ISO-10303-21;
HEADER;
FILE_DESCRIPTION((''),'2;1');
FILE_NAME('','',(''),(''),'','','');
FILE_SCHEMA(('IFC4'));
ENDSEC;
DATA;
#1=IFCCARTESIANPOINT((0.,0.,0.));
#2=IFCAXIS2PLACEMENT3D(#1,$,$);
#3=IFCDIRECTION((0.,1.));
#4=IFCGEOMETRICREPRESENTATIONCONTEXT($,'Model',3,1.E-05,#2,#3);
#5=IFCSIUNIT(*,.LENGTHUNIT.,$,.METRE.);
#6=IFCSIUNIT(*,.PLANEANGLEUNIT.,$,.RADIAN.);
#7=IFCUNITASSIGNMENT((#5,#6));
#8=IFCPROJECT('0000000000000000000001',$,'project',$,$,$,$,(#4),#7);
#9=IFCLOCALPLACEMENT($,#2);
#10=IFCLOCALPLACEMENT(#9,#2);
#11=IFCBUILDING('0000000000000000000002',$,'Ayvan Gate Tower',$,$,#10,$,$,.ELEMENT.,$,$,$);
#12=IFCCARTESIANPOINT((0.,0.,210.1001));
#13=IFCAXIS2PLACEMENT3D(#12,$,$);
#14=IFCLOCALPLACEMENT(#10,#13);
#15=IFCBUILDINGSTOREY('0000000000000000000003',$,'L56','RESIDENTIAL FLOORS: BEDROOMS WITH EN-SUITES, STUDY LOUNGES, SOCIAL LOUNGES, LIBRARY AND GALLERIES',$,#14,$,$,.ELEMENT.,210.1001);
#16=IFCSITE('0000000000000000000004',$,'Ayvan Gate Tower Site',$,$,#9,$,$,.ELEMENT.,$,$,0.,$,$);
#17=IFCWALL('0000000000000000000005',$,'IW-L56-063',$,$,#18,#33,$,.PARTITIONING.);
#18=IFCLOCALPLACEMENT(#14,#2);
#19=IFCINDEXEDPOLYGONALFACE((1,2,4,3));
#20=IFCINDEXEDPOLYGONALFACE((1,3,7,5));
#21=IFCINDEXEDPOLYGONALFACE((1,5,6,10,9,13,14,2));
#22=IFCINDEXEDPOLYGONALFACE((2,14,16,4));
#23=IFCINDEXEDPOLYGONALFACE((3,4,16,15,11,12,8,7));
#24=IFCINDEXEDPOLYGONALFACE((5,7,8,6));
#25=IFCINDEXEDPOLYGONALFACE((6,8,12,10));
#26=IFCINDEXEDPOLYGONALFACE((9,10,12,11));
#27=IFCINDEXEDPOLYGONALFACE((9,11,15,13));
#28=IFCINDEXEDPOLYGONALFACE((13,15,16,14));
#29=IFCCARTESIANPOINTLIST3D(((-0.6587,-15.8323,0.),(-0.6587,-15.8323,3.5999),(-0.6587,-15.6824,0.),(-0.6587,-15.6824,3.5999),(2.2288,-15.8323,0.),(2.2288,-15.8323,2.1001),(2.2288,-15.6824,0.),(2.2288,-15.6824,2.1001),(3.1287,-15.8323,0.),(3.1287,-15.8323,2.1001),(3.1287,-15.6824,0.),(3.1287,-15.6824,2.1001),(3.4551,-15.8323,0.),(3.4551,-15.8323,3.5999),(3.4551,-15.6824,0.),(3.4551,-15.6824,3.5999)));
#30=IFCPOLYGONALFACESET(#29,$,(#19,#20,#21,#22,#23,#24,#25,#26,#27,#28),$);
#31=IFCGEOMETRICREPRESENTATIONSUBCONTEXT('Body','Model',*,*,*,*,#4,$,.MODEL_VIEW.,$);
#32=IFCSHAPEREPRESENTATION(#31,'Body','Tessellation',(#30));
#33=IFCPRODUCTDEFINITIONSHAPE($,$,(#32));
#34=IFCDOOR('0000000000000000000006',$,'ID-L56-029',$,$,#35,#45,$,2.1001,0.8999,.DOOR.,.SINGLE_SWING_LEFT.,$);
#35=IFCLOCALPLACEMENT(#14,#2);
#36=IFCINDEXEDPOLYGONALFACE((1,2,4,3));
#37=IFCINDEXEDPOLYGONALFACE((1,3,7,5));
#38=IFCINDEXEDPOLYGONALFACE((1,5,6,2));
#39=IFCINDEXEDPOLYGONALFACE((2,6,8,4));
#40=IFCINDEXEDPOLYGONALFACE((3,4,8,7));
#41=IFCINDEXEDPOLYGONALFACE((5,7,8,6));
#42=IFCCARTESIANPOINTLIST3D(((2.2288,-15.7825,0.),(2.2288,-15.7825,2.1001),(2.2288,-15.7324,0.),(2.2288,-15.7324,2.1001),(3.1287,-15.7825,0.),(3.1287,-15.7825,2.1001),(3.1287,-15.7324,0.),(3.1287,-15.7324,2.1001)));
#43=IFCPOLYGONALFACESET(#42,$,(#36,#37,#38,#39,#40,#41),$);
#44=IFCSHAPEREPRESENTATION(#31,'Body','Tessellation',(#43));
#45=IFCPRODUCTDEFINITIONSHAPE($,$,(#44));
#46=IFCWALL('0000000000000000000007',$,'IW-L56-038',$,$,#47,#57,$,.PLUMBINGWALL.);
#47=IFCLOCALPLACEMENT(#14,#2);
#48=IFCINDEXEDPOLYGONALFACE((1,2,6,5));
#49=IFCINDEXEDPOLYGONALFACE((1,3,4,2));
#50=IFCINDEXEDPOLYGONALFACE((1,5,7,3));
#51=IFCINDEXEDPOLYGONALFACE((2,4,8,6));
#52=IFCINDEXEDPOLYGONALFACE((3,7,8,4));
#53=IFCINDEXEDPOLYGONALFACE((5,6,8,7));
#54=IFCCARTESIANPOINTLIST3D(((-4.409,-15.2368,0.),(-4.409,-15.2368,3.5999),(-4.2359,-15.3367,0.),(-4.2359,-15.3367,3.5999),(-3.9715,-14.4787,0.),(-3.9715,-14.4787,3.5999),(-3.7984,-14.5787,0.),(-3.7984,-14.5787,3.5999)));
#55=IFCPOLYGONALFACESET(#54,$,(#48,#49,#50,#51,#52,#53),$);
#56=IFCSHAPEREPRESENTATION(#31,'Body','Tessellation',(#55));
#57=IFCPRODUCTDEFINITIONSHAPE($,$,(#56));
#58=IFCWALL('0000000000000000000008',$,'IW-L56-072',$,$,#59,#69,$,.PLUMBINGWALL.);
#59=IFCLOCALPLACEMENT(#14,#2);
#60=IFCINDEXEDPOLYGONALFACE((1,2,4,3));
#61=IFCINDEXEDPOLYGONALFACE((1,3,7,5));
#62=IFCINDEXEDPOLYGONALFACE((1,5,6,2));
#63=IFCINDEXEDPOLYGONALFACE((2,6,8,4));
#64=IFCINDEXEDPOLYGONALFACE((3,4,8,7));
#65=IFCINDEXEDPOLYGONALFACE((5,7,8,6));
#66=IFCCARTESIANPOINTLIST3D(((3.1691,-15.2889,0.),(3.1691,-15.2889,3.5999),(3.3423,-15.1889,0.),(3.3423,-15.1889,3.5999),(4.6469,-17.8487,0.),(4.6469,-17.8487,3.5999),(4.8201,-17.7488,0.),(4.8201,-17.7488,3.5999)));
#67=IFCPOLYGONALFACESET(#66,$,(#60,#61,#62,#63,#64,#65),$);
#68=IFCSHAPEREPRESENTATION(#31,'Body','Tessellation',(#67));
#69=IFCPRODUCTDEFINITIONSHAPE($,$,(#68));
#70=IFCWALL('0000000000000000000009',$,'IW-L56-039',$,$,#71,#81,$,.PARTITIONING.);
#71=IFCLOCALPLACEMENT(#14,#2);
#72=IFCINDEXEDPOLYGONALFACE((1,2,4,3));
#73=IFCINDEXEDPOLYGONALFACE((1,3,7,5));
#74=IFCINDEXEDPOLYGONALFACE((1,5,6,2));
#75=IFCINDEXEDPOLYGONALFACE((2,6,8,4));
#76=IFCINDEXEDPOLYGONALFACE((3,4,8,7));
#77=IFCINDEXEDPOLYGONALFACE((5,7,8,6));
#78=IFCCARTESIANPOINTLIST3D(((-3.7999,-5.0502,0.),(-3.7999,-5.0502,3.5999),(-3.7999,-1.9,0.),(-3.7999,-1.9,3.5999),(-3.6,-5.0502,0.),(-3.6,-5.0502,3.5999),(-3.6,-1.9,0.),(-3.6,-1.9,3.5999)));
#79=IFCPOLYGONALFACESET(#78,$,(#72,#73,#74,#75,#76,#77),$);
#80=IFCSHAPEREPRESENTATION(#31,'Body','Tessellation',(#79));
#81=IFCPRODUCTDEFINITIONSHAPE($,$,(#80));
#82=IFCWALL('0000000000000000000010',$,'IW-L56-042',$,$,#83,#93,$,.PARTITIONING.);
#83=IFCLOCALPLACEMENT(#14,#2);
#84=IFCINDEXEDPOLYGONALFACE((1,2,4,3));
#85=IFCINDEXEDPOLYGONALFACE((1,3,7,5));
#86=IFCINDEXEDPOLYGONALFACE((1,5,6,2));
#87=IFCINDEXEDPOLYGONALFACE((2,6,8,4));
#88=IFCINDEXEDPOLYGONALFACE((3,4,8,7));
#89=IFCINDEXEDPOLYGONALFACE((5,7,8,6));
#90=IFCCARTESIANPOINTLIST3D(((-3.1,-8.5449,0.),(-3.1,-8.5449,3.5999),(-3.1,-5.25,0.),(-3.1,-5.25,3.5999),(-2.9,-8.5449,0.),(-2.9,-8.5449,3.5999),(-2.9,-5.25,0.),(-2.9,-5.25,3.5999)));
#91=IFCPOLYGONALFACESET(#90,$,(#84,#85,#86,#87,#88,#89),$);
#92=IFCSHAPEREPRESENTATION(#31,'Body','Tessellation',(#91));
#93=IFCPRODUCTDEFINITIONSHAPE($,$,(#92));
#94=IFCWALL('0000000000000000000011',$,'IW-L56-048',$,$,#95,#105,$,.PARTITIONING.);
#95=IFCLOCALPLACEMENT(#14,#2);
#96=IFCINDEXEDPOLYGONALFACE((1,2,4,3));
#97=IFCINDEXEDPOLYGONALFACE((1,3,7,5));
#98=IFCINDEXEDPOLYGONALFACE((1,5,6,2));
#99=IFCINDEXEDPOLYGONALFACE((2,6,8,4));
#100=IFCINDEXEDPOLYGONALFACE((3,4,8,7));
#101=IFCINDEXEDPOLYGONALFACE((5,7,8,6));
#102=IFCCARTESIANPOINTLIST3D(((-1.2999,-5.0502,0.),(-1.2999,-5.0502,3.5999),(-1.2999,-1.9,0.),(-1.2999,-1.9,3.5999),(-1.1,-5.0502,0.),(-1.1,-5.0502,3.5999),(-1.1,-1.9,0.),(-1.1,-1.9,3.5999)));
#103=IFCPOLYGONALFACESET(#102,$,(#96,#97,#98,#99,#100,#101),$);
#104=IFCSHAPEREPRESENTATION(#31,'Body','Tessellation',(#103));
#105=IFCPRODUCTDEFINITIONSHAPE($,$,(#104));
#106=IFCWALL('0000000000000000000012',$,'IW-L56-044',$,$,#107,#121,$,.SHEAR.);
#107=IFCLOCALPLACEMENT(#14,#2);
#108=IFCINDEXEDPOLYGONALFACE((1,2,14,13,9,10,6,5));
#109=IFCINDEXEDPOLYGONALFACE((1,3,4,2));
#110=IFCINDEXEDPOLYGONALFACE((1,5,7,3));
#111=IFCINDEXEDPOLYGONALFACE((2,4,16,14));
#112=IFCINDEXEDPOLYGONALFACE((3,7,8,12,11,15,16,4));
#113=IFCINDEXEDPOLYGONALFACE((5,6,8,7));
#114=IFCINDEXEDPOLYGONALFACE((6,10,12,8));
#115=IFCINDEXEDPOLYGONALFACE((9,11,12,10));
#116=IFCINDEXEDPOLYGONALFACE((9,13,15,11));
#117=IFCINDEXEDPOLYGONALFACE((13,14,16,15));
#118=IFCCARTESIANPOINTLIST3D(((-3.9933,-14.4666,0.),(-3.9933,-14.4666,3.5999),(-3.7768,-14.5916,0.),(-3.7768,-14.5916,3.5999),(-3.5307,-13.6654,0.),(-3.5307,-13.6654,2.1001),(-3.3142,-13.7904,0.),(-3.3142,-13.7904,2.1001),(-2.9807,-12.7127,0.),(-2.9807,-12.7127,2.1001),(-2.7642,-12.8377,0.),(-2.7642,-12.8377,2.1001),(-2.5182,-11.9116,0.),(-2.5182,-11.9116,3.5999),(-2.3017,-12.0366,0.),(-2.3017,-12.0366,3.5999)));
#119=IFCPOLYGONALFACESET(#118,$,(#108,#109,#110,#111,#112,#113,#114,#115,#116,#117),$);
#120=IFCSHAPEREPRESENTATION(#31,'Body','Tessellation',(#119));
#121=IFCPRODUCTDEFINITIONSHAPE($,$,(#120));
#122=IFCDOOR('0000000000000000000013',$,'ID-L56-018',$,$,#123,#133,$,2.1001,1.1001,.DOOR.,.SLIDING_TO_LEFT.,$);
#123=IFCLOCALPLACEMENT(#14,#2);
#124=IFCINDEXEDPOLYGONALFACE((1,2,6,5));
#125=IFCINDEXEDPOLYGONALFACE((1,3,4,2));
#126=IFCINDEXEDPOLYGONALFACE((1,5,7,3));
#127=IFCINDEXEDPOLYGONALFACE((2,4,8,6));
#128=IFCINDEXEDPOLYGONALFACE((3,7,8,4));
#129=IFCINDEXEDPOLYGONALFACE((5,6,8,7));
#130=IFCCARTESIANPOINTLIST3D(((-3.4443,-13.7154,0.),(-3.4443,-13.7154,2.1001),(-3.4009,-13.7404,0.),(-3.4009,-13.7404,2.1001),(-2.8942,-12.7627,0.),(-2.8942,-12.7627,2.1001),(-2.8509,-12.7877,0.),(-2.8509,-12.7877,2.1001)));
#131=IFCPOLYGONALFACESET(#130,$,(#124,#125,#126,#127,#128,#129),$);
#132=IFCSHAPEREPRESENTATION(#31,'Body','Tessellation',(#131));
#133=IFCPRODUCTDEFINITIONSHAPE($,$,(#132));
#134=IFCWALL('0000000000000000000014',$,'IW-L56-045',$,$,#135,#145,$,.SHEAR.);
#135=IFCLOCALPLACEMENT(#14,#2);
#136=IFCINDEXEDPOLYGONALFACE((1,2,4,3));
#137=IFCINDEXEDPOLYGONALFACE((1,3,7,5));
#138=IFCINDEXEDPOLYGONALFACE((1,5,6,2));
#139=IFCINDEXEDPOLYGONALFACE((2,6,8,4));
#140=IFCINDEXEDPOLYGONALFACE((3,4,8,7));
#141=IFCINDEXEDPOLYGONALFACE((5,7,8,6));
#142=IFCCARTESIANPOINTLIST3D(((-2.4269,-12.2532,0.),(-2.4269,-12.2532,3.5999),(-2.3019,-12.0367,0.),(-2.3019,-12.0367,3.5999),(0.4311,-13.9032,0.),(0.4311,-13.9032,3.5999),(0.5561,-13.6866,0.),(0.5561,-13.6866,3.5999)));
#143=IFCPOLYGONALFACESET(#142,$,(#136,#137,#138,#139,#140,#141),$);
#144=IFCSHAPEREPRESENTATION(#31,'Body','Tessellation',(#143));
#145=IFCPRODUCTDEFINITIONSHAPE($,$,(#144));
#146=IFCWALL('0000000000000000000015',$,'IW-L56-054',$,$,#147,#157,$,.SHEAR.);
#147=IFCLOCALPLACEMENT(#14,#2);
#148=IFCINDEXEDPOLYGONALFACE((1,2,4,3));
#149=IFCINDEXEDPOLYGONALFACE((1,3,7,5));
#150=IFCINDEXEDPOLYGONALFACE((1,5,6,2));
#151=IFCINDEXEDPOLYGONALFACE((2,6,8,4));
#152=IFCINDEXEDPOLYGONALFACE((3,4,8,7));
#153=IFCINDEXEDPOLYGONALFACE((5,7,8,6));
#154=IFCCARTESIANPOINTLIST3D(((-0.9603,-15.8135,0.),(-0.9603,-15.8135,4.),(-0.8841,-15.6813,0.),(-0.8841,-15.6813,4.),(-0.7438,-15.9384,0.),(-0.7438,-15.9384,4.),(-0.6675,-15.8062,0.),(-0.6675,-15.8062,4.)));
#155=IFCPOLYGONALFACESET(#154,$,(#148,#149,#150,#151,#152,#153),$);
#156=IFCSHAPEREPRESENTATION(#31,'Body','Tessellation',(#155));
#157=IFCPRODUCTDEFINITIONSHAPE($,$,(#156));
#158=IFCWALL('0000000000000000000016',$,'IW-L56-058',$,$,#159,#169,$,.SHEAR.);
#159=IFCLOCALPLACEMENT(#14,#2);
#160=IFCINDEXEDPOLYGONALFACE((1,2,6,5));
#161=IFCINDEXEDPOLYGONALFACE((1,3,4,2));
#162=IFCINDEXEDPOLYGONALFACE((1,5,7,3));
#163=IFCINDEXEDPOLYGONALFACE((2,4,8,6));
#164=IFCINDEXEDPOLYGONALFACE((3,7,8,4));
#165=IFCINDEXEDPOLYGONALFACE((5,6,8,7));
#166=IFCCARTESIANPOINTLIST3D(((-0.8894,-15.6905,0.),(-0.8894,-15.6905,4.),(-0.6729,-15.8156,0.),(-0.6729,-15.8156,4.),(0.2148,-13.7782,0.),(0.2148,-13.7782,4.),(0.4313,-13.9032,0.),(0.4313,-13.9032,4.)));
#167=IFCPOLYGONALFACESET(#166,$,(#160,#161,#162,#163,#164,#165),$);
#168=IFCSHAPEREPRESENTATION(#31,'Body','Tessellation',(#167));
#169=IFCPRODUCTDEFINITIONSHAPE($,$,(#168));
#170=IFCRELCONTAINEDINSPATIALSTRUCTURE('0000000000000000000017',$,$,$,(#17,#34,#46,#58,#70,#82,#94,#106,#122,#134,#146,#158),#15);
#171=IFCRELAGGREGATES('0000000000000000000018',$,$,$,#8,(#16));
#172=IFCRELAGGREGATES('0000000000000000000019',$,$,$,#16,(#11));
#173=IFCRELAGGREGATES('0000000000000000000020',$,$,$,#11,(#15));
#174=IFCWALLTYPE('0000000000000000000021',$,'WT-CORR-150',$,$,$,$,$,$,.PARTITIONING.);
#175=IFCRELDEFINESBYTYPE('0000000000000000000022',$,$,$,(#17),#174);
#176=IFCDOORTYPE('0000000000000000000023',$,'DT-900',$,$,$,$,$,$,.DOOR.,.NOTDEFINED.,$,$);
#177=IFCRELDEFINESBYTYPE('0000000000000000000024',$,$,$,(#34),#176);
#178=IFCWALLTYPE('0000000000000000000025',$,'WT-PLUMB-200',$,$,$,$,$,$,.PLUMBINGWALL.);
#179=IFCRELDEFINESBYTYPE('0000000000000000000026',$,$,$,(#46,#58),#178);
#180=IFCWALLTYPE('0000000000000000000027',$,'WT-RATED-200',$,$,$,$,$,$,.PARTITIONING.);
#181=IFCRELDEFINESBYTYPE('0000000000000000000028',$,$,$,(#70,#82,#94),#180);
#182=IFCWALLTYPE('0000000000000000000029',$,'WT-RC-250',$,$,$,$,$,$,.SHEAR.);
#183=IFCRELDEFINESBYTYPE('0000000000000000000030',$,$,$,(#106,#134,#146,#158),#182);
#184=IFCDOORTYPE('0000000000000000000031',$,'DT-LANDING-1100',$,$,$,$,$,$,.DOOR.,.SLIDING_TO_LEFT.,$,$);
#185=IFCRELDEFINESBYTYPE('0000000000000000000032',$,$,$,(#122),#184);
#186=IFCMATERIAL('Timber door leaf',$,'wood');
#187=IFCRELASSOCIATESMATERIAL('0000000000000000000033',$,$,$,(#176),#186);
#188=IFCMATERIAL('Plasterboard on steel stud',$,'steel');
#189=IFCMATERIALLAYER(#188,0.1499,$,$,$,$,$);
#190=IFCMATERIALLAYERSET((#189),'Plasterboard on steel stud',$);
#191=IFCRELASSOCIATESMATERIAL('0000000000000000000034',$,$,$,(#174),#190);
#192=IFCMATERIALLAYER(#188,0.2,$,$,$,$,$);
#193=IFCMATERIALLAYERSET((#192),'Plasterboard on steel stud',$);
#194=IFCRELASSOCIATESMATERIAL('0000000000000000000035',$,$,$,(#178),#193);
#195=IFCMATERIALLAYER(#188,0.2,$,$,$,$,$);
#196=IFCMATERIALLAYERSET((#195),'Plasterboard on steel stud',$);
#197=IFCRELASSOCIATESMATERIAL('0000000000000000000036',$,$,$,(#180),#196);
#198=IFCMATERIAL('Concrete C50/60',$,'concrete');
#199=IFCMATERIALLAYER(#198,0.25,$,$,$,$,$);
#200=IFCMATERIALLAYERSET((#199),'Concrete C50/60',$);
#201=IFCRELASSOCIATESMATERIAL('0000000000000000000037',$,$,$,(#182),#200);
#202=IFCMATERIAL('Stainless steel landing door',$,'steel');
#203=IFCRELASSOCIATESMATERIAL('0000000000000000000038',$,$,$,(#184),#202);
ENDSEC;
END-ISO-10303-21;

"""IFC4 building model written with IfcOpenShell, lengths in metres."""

from ifc_helpers import new_model, si_unit, direction, frame, frame_2d, origin, place, context, subcontext, project, spatial, rectangle, extrude, material, layer, layer_set, type_object, element, fill, save


model = new_model("IFC4")

# Units and contexts
model_context = context("Model", 3, precision=1e-05, world=origin(), true_north=direction((0.0, 1.0)))
body_context = subcontext(model_context, "Body", "Model", "MODEL_VIEW")
ifc_project = project(units=[si_unit("LENGTHUNIT", "METRE"), si_unit("PLANEANGLEUNIT", "RADIAN")], contexts=[model_context])

# Site, building, storey
site_placement = place(None, origin())
site = spatial("IfcSite", under=ifc_project, at=site_placement, Name="Ayvan Gate Tower Site", CompositionType="ELEMENT", RefElevation=0.0)
building_placement = place(site_placement, origin())
building = spatial("IfcBuilding", under=site, at=building_placement, Name="Ayvan Gate Tower", CompositionType="ELEMENT")
storey_placement = place(building_placement, frame((0.0, 0.0, 210.1001)))
storey = spatial("IfcBuildingStorey", under=building, at=storey_placement, Name="L56", Description="RESIDENTIAL FLOORS: BEDROOMS WITH EN-SUITES, STUDY LOUNGES, SOCIAL LOUNGES, LIBRARY AND GALLERIES", CompositionType="ELEMENT", Elevation=210.1001)

# Wall, opening, door
ifc_material_1 = material(Name="Timber door leaf", Category="wood")
door_type_1 = type_object("IfcDoorType", Name="DT-900", OperationType="NOTDEFINED", PredefinedType="DOOR", material=ifc_material_1)
ifc_material_2 = material(Name="Plasterboard on steel stud", Category="steel")
ifc_layer_1 = layer(ifc_material_2, 0.1499)
ifc_layer_set_1 = layer_set([ifc_layer_1], Name="Plasterboard on steel stud")
wall_type_1 = type_object("IfcWallType", Name="WT-CORR-150", PredefinedType="PARTITIONING", material=ifc_layer_set_1)
wall_1_placement = place(storey_placement, frame((-0.6587, -15.7573, 0.0), z_axis=(0.0, 0.0, 1.0), x_axis=(1.0, 0.0, 0.0)))
wall_1 = element("IfcWall", 1, at=wall_1_placement, inside=storey, type_object=wall_type_1, Name="IW-L56-063", PredefinedType="PARTITIONING", context=body_context, shape_type="SweptSolid", body=[
    extrude(rectangle(XDim=4.1138, YDim=0.1499, at=frame_2d((2.0569, 0.0))), origin(), (0.0, 0.0, 1.0), 3.5999),
])
opening_1_placement = place(wall_1_placement, frame((2.8875, 0.0, 0.0)))
opening_1 = element("IfcOpeningElement", 2, at=opening_1_placement, cuts=wall_1, PredefinedType="OPENING", context=body_context, shape_type="SweptSolid", body=[
    extrude(rectangle(XDim=0.8999, YDim=2.1001, at=frame_2d((0.45, 1.05))), frame((0.0, 0.085, 0.0), z_axis=(0.0, -1.0, 0.0), x_axis=(1.0, 0.0, 0.0)), (0.0, 0.0, 1.0), 0.1699),
])
door_1_placement = place(opening_1_placement, origin())
door_1 = element("IfcDoor", 3, at=door_1_placement, inside=storey, type_object=door_type_1, Name="ID-L56-029", OperationType="SINGLE_SWING_LEFT", OverallHeight=2.1001, OverallWidth=0.8999, PredefinedType="DOOR", context=body_context, shape_type="SweptSolid", body=[
    extrude(rectangle(XDim=0.8999, YDim=2.1001, at=frame_2d((0.45, 1.05))), frame((0.0, 0.0249, 0.0), z_axis=(0.0, -1.0, 0.0), x_axis=(1.0, 0.0, 0.0)), (0.0, 0.0, 1.0), 0.05),
])
fill(opening_1, door_1)

# Walls
ifc_layer_2 = layer(ifc_material_2, 0.2)
ifc_layer_set_2 = layer_set([ifc_layer_2], Name="Plasterboard on steel stud")
wall_type_2 = type_object("IfcWallType", Name="WT-PLUMB-200", PredefinedType="PLUMBINGWALL", material=ifc_layer_set_2)
wall_2_placement = place(storey_placement, frame((-3.885, -14.5288, 0.0), z_axis=(0.0, 0.0, 1.0), x_axis=(-0.499859, -0.866107, 0.0)))
element("IfcWall", 4, at=wall_2_placement, inside=storey, type_object=wall_type_2, Name="IW-L56-038", PredefinedType="PLUMBINGWALL", context=body_context, shape_type="SweptSolid", body=[
    extrude(rectangle(XDim=0.8752, YDim=0.2, at=frame_2d((0.4375, 0.0))), origin(), (0.0, 0.0, 1.0), 3.5999),
])
wall_3_placement = place(storey_placement, frame((3.2556, -15.2388, 0.0), z_axis=(0.0, 0.0, 1.0), x_axis=(0.499968, -0.866044, 0.0)))
element("IfcWall", 5, at=wall_3_placement, inside=storey, type_object=wall_type_2, Name="IW-L56-072", PredefinedType="PLUMBINGWALL", context=body_context, shape_type="SweptSolid", body=[
    extrude(rectangle(XDim=2.9558, YDim=0.2, at=frame_2d((1.478, 0.0))), origin(), (0.0, 0.0, 1.0), 3.5999),
])
ifc_layer_3 = layer(ifc_material_2, 0.2)
ifc_layer_set_3 = layer_set([ifc_layer_3], Name="Plasterboard on steel stud")
wall_type_3 = type_object("IfcWallType", Name="WT-RATED-200", PredefinedType="PARTITIONING", material=ifc_layer_set_3)
wall_4_placement = place(storey_placement, frame((-3.7, -1.8999, 0.0), z_axis=(0.0, 0.0, 1.0), x_axis=(0.0, -1.0, 0.0)))
element("IfcWall", 6, at=wall_4_placement, inside=storey, type_object=wall_type_3, Name="IW-L56-039", PredefinedType="PARTITIONING", context=body_context, shape_type="SweptSolid", body=[
    extrude(rectangle(XDim=3.1501, YDim=0.2, at=frame_2d((1.5752, 0.0))), origin(), (0.0, 0.0, 1.0), 3.5999),
])
wall_5_placement = place(storey_placement, frame((-3.0, -5.25, 0.0), z_axis=(0.0, 0.0, 1.0), x_axis=(0.0, -1.0, 0.0)))
element("IfcWall", 7, at=wall_5_placement, inside=storey, type_object=wall_type_3, Name="IW-L56-042", PredefinedType="PARTITIONING", context=body_context, shape_type="SweptSolid", body=[
    extrude(rectangle(XDim=3.2949, YDim=0.2, at=frame_2d((1.6475, 0.0))), origin(), (0.0, 0.0, 1.0), 3.5999),
])
wall_6_placement = place(storey_placement, frame((-1.2, -1.8999, 0.0), z_axis=(0.0, 0.0, 1.0), x_axis=(0.0, -1.0, 0.0)))
element("IfcWall", 8, at=wall_6_placement, inside=storey, type_object=wall_type_3, Name="IW-L56-048", PredefinedType="PARTITIONING", context=body_context, shape_type="SweptSolid", body=[
    extrude(rectangle(XDim=3.1501, YDim=0.2, at=frame_2d((1.5752, 0.0))), origin(), (0.0, 0.0, 1.0), 3.5999),
])

# Wall, opening, door
ifc_material_3 = material(Name="Concrete C50/60", Category="concrete")
ifc_layer_4 = layer(ifc_material_3, 0.25)
ifc_layer_set_4 = layer_set([ifc_layer_4], Name="Concrete C50/60")
wall_type_4 = type_object("IfcWallType", Name="WT-RC-250", PredefinedType="SHEAR", material=ifc_layer_set_4)
wall_7_placement = place(storey_placement, frame((-2.4099, -11.9741, 0.0), z_axis=(0.0, 0.0, 1.0), x_axis=(-0.500002, -0.866024, 0.0)))
wall_7 = element("IfcWall", 9, at=wall_7_placement, inside=storey, type_object=wall_type_4, Name="IW-L56-044", PredefinedType="SHEAR", context=body_context, shape_type="SweptSolid", body=[
    extrude(rectangle(XDim=2.9502, YDim=0.25, at=frame_2d((1.4751, 0.0))), origin(), (0.0, 0.0, 1.0), 3.5999),
])
opening_2_placement = place(wall_7_placement, frame((0.925, 0.0, 0.0)))
opening_2 = element("IfcOpeningElement", 10, at=opening_2_placement, cuts=wall_7, PredefinedType="OPENING", context=body_context, shape_type="SweptSolid", body=[
    extrude(rectangle(XDim=1.1001, YDim=2.1001, at=frame_2d((0.55, 1.05))), frame((0.0, 0.135, 0.0), z_axis=(0.0, -1.0, 0.0), x_axis=(1.0, 0.0, 0.0)), (0.0, 0.0, 1.0), 0.27),
])
ifc_material_4 = material(Name="Stainless steel landing door", Category="steel")
door_type_2 = type_object("IfcDoorType", Name="DT-LANDING-1100", OperationType="SLIDING_TO_LEFT", PredefinedType="DOOR", material=ifc_material_4)
door_2_placement = place(opening_2_placement, origin())
door_2 = element("IfcDoor", 11, at=door_2_placement, inside=storey, type_object=door_type_2, Name="ID-L56-018", OperationType="SLIDING_TO_LEFT", OverallHeight=2.1001, OverallWidth=1.1001, PredefinedType="DOOR", context=body_context, shape_type="SweptSolid", body=[
    extrude(rectangle(XDim=1.1001, YDim=2.1001, at=frame_2d((0.55, 1.05))), frame((0.0, 0.0249, 0.0), z_axis=(0.0, -1.0, 0.0), x_axis=(1.0, 0.0, 0.0)), (0.0, 0.0, 1.0), 0.05),
])
fill(opening_2, door_2)

# Walls
wall_8_placement = place(storey_placement, frame((-2.3643, -12.145, 0.0), z_axis=(0.0, 0.0, 1.0), x_axis=(0.86604, -0.499974, 0.0)))
element("IfcWall", 12, at=wall_8_placement, inside=storey, type_object=wall_type_4, Name="IW-L56-045", PredefinedType="SHEAR", context=body_context, shape_type="SweptSolid", body=[
    extrude(rectangle(XDim=3.3, YDim=0.25, at=frame_2d((1.6499, 0.0))), origin(), (0.0, 0.0, 1.0), 3.5999),
])
wall_9_placement = place(storey_placement, frame((-0.7759, -15.7439, 0.0), z_axis=(0.0, 0.0, 1.0), x_axis=(-0.499584, -0.866266, 0.0)))
element("IfcWall", 13, at=wall_9_placement, inside=storey, type_object=wall_type_4, Name="IW-L56-054", PredefinedType="SHEAR", context=body_context, shape_type="SweptSolid", body=[
    extrude(rectangle(XDim=0.1526, YDim=0.25, at=frame_2d((0.0762, 0.0))), origin(), (0.0, 0.0, 1.0), 4.0),
])
wall_10_placement = place(storey_placement, frame((0.323, -13.8408, 0.0), z_axis=(0.0, 0.0, 1.0), x_axis=(-0.500051, -0.865996, 0.0)))
element("IfcWall", 14, at=wall_10_placement, inside=storey, type_object=wall_type_4, Name="IW-L56-058", PredefinedType="SHEAR", context=body_context, shape_type="SweptSolid", body=[
    extrude(rectangle(XDim=2.2083, YDim=0.25, at=frame_2d((1.104, 0.0))), origin(), (0.0, 0.0, 1.0), 4.0),
])

save(model, "model.ifc")
